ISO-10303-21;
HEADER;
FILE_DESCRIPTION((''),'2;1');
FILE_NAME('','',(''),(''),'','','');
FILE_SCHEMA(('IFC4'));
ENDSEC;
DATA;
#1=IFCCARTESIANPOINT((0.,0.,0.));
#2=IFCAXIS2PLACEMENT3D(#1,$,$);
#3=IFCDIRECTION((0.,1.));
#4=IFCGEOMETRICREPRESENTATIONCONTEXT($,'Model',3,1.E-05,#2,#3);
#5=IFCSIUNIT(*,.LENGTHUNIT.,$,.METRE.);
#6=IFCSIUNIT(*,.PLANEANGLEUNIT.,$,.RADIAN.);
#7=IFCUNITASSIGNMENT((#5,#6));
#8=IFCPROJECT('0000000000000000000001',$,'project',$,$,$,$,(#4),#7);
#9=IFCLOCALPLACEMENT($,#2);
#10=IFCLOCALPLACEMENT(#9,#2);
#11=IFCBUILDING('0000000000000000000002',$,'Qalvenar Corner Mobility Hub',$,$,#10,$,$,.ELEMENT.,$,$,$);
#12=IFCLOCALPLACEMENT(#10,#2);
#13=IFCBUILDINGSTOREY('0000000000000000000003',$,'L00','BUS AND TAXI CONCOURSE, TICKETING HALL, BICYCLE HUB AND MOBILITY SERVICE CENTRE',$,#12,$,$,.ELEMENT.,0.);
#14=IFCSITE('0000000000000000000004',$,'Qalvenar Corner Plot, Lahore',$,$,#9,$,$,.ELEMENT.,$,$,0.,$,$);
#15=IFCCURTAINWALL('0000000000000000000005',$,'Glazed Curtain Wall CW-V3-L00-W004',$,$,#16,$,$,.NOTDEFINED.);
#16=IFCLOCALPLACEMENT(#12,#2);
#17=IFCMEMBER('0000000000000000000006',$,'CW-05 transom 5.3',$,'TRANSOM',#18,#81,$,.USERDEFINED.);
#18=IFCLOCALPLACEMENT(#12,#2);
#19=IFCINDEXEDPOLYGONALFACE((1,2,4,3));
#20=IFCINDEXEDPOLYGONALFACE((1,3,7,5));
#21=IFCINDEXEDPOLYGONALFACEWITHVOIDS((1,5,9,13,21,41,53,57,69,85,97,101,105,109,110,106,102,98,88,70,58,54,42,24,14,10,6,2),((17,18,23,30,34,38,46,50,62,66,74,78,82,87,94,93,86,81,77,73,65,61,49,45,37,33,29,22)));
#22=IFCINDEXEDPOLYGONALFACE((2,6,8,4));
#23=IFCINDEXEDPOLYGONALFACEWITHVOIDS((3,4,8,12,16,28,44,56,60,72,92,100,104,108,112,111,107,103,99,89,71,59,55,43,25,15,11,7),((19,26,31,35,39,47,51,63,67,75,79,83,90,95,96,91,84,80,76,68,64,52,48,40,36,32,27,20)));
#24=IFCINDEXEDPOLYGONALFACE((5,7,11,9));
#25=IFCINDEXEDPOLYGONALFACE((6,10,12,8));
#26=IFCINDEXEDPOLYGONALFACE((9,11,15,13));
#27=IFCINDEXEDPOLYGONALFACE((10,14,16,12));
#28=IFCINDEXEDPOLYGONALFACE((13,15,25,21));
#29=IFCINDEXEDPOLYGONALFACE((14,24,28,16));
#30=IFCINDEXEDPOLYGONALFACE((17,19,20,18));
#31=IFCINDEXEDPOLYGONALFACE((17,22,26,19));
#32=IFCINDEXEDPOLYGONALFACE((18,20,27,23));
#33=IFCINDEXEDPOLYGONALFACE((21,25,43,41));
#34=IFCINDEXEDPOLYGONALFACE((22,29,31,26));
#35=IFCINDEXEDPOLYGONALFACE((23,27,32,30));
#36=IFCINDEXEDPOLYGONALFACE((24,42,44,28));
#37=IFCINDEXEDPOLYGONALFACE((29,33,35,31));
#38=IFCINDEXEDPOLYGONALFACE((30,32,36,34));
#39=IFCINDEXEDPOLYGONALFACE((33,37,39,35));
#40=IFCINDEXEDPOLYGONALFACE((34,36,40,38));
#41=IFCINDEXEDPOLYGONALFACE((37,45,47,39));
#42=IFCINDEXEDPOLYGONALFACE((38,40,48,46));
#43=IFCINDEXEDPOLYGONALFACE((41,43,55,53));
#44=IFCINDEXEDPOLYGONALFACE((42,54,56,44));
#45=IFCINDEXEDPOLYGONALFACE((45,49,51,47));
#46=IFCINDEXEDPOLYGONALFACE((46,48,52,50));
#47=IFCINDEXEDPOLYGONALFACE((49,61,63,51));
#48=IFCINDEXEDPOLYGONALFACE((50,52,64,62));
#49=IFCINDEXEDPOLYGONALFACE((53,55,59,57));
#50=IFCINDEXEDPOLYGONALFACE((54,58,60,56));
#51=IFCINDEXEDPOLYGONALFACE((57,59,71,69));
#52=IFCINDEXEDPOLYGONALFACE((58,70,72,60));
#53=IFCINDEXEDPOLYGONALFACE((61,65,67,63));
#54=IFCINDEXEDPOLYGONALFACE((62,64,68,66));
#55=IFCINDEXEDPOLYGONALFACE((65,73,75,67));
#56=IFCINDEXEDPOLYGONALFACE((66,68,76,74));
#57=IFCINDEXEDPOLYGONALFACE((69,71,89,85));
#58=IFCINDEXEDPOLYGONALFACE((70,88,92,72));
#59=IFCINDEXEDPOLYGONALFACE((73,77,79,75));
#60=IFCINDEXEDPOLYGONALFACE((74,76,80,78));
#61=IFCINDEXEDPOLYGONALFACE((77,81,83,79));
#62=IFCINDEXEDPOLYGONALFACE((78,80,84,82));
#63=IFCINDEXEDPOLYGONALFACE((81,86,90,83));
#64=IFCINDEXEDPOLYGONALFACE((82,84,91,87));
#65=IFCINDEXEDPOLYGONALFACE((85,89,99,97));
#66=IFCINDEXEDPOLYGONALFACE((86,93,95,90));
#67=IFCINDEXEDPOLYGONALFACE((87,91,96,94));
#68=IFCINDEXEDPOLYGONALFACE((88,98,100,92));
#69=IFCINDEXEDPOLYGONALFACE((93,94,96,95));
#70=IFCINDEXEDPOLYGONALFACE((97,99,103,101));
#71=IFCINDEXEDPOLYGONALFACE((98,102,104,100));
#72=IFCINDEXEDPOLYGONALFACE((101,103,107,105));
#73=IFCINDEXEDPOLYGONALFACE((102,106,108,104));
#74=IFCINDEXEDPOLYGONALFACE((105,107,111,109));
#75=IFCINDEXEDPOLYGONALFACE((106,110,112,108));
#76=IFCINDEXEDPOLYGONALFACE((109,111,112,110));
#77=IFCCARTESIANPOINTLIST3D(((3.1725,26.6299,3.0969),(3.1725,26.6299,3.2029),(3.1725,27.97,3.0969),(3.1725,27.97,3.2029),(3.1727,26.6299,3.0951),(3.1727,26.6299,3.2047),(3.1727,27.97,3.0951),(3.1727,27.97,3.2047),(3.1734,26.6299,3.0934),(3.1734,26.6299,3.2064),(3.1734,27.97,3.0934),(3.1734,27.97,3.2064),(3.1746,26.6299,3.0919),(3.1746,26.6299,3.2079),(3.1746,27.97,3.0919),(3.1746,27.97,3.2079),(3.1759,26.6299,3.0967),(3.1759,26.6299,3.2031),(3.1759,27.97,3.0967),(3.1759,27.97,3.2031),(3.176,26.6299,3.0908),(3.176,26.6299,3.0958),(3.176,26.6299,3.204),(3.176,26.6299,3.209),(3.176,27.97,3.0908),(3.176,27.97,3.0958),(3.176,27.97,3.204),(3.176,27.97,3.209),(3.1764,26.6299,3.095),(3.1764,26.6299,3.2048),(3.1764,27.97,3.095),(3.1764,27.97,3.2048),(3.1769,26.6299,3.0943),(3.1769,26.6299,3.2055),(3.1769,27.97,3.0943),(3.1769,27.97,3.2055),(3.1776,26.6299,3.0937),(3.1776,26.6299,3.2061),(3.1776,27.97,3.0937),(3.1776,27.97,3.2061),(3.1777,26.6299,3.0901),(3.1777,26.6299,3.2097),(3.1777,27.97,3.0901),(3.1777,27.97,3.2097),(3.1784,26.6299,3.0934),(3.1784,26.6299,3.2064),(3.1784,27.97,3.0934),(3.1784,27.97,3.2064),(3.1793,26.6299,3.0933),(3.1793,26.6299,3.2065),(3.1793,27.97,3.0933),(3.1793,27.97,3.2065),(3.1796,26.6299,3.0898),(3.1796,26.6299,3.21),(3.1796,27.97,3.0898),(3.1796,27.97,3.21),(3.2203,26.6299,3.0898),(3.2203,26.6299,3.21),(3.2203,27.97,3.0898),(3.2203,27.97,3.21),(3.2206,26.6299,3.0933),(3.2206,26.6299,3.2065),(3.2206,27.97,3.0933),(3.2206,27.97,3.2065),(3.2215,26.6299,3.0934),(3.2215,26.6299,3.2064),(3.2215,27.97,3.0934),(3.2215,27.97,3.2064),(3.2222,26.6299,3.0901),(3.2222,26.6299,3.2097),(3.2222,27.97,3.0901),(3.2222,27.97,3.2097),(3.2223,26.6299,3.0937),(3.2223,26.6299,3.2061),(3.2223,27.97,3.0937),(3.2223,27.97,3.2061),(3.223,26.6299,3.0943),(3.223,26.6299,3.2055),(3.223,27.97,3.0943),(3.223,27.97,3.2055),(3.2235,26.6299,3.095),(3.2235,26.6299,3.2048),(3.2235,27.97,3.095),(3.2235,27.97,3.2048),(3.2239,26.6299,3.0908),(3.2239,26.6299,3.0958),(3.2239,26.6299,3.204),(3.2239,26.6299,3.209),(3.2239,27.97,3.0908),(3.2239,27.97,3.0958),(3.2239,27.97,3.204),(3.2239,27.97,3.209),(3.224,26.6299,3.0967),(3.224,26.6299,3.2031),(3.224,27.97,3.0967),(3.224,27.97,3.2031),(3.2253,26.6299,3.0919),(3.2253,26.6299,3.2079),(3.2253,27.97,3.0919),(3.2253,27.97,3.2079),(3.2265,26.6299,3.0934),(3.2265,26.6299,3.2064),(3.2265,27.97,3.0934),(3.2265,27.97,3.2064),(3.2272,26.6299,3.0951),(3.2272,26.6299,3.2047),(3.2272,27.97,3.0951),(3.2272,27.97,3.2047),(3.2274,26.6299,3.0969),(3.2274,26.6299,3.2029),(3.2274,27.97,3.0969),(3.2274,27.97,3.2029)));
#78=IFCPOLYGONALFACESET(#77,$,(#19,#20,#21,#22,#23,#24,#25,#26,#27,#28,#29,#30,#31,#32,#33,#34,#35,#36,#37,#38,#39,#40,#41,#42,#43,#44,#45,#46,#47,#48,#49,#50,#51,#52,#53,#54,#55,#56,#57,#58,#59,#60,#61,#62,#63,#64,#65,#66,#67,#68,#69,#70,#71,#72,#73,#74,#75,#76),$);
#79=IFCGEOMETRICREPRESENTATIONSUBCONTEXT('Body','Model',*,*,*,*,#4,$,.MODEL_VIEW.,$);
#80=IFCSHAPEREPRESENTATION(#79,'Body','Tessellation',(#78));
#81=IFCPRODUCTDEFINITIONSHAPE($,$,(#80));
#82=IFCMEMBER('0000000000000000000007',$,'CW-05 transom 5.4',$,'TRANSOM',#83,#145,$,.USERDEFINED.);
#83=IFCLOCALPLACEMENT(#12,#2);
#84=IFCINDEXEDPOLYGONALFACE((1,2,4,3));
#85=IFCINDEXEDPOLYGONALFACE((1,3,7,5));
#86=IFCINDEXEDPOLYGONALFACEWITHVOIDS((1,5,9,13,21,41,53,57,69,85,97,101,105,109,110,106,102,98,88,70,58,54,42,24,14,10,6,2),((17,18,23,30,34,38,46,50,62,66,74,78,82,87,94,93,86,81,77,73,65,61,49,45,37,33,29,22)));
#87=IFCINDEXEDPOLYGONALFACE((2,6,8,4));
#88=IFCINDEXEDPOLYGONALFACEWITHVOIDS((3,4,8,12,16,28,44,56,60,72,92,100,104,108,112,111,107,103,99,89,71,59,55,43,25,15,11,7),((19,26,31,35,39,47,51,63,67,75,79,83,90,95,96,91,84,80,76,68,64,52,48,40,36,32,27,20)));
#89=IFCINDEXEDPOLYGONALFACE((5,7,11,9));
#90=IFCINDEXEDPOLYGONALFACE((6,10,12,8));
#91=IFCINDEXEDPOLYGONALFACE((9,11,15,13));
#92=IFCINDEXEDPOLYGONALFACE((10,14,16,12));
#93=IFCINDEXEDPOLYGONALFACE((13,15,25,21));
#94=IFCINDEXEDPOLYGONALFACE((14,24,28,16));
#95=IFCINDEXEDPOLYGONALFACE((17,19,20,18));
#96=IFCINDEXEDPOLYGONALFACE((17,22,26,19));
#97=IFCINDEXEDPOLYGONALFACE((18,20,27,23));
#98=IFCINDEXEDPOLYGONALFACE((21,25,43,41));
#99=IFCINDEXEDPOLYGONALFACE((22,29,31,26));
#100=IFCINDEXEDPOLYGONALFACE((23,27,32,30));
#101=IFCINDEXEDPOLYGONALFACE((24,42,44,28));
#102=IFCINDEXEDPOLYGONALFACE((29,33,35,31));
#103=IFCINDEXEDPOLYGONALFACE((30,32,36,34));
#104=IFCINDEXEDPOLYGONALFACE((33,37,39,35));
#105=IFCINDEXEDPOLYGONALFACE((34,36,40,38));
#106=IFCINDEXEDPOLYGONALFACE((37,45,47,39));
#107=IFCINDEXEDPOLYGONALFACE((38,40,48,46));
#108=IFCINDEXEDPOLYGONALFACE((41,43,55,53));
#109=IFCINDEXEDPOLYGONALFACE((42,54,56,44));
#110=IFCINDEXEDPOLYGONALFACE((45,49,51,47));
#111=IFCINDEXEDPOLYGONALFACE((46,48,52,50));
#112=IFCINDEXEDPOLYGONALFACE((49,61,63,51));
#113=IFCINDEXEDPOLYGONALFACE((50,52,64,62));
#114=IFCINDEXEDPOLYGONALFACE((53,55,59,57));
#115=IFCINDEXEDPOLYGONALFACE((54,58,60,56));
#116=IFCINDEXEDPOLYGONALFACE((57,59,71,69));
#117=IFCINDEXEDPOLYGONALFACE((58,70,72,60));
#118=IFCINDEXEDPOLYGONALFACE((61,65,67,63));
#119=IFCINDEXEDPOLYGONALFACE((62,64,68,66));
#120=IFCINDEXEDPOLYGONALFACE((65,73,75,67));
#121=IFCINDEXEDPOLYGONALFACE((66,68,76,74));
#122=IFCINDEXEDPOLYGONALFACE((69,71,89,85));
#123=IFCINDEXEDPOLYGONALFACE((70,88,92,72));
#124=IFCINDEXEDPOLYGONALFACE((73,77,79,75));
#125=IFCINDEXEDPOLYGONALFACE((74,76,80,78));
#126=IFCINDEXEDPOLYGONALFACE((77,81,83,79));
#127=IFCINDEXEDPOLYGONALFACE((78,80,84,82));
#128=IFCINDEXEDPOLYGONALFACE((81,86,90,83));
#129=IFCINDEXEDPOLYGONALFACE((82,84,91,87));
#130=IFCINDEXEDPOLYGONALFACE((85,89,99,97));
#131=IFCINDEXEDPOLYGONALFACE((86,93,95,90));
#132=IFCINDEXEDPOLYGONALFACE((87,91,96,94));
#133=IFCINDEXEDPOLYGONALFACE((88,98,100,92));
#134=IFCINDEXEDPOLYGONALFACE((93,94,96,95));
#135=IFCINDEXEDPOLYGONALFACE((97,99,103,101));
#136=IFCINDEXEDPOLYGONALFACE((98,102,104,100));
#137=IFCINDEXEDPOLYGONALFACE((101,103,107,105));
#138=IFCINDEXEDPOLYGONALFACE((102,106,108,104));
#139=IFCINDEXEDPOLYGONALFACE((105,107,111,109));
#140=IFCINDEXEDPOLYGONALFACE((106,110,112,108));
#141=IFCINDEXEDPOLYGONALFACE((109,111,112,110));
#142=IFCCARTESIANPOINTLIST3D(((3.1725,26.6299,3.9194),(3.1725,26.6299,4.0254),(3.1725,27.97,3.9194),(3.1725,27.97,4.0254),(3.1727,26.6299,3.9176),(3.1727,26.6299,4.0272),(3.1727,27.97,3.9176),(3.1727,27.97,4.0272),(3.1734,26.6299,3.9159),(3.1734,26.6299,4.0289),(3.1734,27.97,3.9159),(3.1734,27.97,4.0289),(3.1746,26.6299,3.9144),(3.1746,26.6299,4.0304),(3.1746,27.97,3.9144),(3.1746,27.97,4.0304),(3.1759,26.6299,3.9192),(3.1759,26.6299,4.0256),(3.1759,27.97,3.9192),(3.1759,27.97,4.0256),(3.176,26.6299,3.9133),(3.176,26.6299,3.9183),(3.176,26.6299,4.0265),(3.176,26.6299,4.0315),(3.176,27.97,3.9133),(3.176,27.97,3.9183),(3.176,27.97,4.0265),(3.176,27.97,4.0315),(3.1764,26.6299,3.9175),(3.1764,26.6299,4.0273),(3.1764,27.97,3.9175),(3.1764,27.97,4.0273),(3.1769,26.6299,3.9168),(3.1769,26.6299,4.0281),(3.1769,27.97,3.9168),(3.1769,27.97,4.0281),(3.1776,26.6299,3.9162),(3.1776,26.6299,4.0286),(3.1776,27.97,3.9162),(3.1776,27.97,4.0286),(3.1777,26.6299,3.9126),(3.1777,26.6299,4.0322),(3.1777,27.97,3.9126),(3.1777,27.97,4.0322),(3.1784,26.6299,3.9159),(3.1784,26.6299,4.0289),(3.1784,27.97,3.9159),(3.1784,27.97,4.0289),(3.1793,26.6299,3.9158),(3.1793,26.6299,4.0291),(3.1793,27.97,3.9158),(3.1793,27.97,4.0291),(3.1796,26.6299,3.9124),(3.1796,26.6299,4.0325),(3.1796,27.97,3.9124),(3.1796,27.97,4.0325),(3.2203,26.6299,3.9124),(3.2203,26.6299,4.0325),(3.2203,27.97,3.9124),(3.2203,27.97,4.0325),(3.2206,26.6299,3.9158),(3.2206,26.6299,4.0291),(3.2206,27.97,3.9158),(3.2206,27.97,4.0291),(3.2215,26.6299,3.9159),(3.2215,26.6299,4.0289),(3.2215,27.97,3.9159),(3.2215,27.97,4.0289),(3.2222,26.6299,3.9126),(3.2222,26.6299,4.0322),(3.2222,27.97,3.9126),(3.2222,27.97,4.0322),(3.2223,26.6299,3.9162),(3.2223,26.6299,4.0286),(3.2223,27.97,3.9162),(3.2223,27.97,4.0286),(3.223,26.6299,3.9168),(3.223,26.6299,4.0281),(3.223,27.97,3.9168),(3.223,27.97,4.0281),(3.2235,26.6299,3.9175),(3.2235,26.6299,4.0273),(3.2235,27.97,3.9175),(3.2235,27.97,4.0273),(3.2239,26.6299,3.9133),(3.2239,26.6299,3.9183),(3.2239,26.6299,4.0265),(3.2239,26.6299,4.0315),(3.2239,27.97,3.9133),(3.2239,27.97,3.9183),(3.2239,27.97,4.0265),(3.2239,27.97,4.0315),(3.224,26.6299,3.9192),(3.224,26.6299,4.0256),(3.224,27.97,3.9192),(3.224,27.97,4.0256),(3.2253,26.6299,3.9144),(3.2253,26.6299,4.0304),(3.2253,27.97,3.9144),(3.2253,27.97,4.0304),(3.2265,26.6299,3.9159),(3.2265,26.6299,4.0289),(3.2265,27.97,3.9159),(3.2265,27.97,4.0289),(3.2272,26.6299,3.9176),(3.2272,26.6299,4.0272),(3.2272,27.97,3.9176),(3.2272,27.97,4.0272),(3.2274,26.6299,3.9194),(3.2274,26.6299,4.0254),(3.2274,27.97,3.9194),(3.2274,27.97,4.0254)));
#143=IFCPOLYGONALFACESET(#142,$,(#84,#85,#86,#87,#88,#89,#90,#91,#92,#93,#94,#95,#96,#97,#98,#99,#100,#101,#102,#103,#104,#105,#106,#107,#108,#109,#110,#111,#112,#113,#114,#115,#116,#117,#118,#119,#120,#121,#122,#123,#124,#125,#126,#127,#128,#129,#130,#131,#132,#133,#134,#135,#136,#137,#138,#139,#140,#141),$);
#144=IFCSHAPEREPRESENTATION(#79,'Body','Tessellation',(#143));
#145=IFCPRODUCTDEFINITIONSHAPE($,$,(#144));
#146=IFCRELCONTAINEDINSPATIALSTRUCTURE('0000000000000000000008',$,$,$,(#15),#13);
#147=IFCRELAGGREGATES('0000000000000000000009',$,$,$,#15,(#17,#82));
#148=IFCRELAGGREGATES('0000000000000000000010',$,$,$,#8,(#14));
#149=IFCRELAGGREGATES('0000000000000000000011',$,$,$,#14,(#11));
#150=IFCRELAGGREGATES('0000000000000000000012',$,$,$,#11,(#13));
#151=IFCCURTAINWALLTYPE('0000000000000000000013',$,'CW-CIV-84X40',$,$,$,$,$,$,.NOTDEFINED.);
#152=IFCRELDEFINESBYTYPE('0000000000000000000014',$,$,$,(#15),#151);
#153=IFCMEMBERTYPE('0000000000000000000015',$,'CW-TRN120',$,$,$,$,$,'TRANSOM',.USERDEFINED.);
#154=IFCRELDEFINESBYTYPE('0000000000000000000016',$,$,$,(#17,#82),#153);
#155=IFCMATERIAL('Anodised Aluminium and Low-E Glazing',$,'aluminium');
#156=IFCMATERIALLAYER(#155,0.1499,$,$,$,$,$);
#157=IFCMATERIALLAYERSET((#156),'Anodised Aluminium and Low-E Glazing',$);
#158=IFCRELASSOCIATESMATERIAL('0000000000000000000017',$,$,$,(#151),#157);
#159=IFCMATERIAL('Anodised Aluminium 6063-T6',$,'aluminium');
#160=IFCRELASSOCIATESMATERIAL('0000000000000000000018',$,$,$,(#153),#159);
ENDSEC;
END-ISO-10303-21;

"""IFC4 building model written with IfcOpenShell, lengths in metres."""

from ifc_helpers import new_model, si_unit, direction, frame, origin, origin_2d, place, context, subcontext, project, spatial, hollow_rectangle, extrude, material, layer, layer_set, material_profile, profile_set, type_object, element, aggregate, save


model = new_model("IFC4")

# Units and contexts
model_context = context("Model", 3, precision=1e-05, world=origin(), true_north=direction((0.0, 1.0)))
body_context = subcontext(model_context, "Body", "Model", "MODEL_VIEW")
ifc_project = project(units=[si_unit("LENGTHUNIT", "METRE"), si_unit("PLANEANGLEUNIT", "RADIAN")], contexts=[model_context])

# Site, building, storey
site_placement = place(None, origin())
site = spatial("IfcSite", under=ifc_project, at=site_placement, Name="Qalvenar Corner Plot, Lahore", CompositionType="ELEMENT", RefElevation=0.0)
building_placement = place(site_placement, origin())
building = spatial("IfcBuilding", under=site, at=building_placement, Name="Qalvenar Corner Mobility Hub", CompositionType="ELEMENT")
storey_placement = place(building_placement, origin())
storey = spatial("IfcBuildingStorey", under=building, at=storey_placement, Name="L00", Description="BUS AND TAXI CONCOURSE, TICKETING HALL, BICYCLE HUB AND MOBILITY SERVICE CENTRE", CompositionType="ELEMENT", Elevation=0.0)

# Curtain wall, members
ifc_material_1 = material(Name="Anodised Aluminium and Low-E Glazing", Category="aluminium")
ifc_layer_1 = layer(ifc_material_1, 0.1499)
ifc_layer_set_1 = layer_set([ifc_layer_1], Name="Anodised Aluminium and Low-E Glazing")
curtain_wall_type = type_object("IfcCurtainWallType", Name="CW-CIV-84X40", PredefinedType="NOTDEFINED", material=ifc_layer_set_1)
curtain_wall_placement = place(storey_placement, origin())
curtain_wall = element("IfcCurtainWall", 1, at=curtain_wall_placement, inside=storey, type_object=curtain_wall_type, Name="Glazed Curtain Wall CW-V3-L00-W004", PredefinedType="NOTDEFINED")
ifc_material_2 = material(Name="Anodised Aluminium 6063-T6", Category="aluminium")
ifc_material_profile_1 = material_profile(ifc_material_2, hollow_rectangle(XDim=0.0549, YDim=0.1201, WallThickness=0.0034, InnerFilletRadius=0.0034, OuterFilletRadius=0.0071, at=origin_2d()), Name="RHS120x55x3.5")
ifc_profile_set_1 = profile_set([ifc_material_profile_1], Name="Anodised Aluminium 6063-T6")
member_type_1 = type_object("IfcMemberType", Name="CW-TRN120", ElementType="TRANSOM", PredefinedType="USERDEFINED", material=ifc_profile_set_1)
member_1_placement = place(storey_placement, frame((3.2, 27.97, 3.1499), z_axis=(0.0, -1.0, 0.0), x_axis=(1.0, 0.0, 0.0)))
member_1 = element("IfcMember", 2, at=member_1_placement, type_object=member_type_1, Name="CW-05 transom 5.3", ObjectType="TRANSOM", PredefinedType="USERDEFINED", context=body_context, shape_type="SweptSolid", body=[
    extrude(hollow_rectangle(XDim=0.0549, YDim=0.1201, WallThickness=0.0034, InnerFilletRadius=0.0034, OuterFilletRadius=0.0071, at=origin_2d()), origin(), (0.0, 0.0, 1.0), 1.3401),
])
member_2_placement = place(storey_placement, frame((3.2, 27.97, 3.9724), z_axis=(0.0, -1.0, 0.0), x_axis=(1.0, 0.0, 0.0)))
member_2 = element("IfcMember", 3, at=member_2_placement, type_object=member_type_1, Name="CW-05 transom 5.4", ObjectType="TRANSOM", PredefinedType="USERDEFINED", context=body_context, shape_type="SweptSolid", body=[
    extrude(hollow_rectangle(XDim=0.0549, YDim=0.1201, WallThickness=0.0034, InnerFilletRadius=0.0034, OuterFilletRadius=0.0071, at=origin_2d()), origin(), (0.0, 0.0, 1.0), 1.3401),
])
aggregate(curtain_wall, [member_1, member_2])

save(model, "model.ifc")
